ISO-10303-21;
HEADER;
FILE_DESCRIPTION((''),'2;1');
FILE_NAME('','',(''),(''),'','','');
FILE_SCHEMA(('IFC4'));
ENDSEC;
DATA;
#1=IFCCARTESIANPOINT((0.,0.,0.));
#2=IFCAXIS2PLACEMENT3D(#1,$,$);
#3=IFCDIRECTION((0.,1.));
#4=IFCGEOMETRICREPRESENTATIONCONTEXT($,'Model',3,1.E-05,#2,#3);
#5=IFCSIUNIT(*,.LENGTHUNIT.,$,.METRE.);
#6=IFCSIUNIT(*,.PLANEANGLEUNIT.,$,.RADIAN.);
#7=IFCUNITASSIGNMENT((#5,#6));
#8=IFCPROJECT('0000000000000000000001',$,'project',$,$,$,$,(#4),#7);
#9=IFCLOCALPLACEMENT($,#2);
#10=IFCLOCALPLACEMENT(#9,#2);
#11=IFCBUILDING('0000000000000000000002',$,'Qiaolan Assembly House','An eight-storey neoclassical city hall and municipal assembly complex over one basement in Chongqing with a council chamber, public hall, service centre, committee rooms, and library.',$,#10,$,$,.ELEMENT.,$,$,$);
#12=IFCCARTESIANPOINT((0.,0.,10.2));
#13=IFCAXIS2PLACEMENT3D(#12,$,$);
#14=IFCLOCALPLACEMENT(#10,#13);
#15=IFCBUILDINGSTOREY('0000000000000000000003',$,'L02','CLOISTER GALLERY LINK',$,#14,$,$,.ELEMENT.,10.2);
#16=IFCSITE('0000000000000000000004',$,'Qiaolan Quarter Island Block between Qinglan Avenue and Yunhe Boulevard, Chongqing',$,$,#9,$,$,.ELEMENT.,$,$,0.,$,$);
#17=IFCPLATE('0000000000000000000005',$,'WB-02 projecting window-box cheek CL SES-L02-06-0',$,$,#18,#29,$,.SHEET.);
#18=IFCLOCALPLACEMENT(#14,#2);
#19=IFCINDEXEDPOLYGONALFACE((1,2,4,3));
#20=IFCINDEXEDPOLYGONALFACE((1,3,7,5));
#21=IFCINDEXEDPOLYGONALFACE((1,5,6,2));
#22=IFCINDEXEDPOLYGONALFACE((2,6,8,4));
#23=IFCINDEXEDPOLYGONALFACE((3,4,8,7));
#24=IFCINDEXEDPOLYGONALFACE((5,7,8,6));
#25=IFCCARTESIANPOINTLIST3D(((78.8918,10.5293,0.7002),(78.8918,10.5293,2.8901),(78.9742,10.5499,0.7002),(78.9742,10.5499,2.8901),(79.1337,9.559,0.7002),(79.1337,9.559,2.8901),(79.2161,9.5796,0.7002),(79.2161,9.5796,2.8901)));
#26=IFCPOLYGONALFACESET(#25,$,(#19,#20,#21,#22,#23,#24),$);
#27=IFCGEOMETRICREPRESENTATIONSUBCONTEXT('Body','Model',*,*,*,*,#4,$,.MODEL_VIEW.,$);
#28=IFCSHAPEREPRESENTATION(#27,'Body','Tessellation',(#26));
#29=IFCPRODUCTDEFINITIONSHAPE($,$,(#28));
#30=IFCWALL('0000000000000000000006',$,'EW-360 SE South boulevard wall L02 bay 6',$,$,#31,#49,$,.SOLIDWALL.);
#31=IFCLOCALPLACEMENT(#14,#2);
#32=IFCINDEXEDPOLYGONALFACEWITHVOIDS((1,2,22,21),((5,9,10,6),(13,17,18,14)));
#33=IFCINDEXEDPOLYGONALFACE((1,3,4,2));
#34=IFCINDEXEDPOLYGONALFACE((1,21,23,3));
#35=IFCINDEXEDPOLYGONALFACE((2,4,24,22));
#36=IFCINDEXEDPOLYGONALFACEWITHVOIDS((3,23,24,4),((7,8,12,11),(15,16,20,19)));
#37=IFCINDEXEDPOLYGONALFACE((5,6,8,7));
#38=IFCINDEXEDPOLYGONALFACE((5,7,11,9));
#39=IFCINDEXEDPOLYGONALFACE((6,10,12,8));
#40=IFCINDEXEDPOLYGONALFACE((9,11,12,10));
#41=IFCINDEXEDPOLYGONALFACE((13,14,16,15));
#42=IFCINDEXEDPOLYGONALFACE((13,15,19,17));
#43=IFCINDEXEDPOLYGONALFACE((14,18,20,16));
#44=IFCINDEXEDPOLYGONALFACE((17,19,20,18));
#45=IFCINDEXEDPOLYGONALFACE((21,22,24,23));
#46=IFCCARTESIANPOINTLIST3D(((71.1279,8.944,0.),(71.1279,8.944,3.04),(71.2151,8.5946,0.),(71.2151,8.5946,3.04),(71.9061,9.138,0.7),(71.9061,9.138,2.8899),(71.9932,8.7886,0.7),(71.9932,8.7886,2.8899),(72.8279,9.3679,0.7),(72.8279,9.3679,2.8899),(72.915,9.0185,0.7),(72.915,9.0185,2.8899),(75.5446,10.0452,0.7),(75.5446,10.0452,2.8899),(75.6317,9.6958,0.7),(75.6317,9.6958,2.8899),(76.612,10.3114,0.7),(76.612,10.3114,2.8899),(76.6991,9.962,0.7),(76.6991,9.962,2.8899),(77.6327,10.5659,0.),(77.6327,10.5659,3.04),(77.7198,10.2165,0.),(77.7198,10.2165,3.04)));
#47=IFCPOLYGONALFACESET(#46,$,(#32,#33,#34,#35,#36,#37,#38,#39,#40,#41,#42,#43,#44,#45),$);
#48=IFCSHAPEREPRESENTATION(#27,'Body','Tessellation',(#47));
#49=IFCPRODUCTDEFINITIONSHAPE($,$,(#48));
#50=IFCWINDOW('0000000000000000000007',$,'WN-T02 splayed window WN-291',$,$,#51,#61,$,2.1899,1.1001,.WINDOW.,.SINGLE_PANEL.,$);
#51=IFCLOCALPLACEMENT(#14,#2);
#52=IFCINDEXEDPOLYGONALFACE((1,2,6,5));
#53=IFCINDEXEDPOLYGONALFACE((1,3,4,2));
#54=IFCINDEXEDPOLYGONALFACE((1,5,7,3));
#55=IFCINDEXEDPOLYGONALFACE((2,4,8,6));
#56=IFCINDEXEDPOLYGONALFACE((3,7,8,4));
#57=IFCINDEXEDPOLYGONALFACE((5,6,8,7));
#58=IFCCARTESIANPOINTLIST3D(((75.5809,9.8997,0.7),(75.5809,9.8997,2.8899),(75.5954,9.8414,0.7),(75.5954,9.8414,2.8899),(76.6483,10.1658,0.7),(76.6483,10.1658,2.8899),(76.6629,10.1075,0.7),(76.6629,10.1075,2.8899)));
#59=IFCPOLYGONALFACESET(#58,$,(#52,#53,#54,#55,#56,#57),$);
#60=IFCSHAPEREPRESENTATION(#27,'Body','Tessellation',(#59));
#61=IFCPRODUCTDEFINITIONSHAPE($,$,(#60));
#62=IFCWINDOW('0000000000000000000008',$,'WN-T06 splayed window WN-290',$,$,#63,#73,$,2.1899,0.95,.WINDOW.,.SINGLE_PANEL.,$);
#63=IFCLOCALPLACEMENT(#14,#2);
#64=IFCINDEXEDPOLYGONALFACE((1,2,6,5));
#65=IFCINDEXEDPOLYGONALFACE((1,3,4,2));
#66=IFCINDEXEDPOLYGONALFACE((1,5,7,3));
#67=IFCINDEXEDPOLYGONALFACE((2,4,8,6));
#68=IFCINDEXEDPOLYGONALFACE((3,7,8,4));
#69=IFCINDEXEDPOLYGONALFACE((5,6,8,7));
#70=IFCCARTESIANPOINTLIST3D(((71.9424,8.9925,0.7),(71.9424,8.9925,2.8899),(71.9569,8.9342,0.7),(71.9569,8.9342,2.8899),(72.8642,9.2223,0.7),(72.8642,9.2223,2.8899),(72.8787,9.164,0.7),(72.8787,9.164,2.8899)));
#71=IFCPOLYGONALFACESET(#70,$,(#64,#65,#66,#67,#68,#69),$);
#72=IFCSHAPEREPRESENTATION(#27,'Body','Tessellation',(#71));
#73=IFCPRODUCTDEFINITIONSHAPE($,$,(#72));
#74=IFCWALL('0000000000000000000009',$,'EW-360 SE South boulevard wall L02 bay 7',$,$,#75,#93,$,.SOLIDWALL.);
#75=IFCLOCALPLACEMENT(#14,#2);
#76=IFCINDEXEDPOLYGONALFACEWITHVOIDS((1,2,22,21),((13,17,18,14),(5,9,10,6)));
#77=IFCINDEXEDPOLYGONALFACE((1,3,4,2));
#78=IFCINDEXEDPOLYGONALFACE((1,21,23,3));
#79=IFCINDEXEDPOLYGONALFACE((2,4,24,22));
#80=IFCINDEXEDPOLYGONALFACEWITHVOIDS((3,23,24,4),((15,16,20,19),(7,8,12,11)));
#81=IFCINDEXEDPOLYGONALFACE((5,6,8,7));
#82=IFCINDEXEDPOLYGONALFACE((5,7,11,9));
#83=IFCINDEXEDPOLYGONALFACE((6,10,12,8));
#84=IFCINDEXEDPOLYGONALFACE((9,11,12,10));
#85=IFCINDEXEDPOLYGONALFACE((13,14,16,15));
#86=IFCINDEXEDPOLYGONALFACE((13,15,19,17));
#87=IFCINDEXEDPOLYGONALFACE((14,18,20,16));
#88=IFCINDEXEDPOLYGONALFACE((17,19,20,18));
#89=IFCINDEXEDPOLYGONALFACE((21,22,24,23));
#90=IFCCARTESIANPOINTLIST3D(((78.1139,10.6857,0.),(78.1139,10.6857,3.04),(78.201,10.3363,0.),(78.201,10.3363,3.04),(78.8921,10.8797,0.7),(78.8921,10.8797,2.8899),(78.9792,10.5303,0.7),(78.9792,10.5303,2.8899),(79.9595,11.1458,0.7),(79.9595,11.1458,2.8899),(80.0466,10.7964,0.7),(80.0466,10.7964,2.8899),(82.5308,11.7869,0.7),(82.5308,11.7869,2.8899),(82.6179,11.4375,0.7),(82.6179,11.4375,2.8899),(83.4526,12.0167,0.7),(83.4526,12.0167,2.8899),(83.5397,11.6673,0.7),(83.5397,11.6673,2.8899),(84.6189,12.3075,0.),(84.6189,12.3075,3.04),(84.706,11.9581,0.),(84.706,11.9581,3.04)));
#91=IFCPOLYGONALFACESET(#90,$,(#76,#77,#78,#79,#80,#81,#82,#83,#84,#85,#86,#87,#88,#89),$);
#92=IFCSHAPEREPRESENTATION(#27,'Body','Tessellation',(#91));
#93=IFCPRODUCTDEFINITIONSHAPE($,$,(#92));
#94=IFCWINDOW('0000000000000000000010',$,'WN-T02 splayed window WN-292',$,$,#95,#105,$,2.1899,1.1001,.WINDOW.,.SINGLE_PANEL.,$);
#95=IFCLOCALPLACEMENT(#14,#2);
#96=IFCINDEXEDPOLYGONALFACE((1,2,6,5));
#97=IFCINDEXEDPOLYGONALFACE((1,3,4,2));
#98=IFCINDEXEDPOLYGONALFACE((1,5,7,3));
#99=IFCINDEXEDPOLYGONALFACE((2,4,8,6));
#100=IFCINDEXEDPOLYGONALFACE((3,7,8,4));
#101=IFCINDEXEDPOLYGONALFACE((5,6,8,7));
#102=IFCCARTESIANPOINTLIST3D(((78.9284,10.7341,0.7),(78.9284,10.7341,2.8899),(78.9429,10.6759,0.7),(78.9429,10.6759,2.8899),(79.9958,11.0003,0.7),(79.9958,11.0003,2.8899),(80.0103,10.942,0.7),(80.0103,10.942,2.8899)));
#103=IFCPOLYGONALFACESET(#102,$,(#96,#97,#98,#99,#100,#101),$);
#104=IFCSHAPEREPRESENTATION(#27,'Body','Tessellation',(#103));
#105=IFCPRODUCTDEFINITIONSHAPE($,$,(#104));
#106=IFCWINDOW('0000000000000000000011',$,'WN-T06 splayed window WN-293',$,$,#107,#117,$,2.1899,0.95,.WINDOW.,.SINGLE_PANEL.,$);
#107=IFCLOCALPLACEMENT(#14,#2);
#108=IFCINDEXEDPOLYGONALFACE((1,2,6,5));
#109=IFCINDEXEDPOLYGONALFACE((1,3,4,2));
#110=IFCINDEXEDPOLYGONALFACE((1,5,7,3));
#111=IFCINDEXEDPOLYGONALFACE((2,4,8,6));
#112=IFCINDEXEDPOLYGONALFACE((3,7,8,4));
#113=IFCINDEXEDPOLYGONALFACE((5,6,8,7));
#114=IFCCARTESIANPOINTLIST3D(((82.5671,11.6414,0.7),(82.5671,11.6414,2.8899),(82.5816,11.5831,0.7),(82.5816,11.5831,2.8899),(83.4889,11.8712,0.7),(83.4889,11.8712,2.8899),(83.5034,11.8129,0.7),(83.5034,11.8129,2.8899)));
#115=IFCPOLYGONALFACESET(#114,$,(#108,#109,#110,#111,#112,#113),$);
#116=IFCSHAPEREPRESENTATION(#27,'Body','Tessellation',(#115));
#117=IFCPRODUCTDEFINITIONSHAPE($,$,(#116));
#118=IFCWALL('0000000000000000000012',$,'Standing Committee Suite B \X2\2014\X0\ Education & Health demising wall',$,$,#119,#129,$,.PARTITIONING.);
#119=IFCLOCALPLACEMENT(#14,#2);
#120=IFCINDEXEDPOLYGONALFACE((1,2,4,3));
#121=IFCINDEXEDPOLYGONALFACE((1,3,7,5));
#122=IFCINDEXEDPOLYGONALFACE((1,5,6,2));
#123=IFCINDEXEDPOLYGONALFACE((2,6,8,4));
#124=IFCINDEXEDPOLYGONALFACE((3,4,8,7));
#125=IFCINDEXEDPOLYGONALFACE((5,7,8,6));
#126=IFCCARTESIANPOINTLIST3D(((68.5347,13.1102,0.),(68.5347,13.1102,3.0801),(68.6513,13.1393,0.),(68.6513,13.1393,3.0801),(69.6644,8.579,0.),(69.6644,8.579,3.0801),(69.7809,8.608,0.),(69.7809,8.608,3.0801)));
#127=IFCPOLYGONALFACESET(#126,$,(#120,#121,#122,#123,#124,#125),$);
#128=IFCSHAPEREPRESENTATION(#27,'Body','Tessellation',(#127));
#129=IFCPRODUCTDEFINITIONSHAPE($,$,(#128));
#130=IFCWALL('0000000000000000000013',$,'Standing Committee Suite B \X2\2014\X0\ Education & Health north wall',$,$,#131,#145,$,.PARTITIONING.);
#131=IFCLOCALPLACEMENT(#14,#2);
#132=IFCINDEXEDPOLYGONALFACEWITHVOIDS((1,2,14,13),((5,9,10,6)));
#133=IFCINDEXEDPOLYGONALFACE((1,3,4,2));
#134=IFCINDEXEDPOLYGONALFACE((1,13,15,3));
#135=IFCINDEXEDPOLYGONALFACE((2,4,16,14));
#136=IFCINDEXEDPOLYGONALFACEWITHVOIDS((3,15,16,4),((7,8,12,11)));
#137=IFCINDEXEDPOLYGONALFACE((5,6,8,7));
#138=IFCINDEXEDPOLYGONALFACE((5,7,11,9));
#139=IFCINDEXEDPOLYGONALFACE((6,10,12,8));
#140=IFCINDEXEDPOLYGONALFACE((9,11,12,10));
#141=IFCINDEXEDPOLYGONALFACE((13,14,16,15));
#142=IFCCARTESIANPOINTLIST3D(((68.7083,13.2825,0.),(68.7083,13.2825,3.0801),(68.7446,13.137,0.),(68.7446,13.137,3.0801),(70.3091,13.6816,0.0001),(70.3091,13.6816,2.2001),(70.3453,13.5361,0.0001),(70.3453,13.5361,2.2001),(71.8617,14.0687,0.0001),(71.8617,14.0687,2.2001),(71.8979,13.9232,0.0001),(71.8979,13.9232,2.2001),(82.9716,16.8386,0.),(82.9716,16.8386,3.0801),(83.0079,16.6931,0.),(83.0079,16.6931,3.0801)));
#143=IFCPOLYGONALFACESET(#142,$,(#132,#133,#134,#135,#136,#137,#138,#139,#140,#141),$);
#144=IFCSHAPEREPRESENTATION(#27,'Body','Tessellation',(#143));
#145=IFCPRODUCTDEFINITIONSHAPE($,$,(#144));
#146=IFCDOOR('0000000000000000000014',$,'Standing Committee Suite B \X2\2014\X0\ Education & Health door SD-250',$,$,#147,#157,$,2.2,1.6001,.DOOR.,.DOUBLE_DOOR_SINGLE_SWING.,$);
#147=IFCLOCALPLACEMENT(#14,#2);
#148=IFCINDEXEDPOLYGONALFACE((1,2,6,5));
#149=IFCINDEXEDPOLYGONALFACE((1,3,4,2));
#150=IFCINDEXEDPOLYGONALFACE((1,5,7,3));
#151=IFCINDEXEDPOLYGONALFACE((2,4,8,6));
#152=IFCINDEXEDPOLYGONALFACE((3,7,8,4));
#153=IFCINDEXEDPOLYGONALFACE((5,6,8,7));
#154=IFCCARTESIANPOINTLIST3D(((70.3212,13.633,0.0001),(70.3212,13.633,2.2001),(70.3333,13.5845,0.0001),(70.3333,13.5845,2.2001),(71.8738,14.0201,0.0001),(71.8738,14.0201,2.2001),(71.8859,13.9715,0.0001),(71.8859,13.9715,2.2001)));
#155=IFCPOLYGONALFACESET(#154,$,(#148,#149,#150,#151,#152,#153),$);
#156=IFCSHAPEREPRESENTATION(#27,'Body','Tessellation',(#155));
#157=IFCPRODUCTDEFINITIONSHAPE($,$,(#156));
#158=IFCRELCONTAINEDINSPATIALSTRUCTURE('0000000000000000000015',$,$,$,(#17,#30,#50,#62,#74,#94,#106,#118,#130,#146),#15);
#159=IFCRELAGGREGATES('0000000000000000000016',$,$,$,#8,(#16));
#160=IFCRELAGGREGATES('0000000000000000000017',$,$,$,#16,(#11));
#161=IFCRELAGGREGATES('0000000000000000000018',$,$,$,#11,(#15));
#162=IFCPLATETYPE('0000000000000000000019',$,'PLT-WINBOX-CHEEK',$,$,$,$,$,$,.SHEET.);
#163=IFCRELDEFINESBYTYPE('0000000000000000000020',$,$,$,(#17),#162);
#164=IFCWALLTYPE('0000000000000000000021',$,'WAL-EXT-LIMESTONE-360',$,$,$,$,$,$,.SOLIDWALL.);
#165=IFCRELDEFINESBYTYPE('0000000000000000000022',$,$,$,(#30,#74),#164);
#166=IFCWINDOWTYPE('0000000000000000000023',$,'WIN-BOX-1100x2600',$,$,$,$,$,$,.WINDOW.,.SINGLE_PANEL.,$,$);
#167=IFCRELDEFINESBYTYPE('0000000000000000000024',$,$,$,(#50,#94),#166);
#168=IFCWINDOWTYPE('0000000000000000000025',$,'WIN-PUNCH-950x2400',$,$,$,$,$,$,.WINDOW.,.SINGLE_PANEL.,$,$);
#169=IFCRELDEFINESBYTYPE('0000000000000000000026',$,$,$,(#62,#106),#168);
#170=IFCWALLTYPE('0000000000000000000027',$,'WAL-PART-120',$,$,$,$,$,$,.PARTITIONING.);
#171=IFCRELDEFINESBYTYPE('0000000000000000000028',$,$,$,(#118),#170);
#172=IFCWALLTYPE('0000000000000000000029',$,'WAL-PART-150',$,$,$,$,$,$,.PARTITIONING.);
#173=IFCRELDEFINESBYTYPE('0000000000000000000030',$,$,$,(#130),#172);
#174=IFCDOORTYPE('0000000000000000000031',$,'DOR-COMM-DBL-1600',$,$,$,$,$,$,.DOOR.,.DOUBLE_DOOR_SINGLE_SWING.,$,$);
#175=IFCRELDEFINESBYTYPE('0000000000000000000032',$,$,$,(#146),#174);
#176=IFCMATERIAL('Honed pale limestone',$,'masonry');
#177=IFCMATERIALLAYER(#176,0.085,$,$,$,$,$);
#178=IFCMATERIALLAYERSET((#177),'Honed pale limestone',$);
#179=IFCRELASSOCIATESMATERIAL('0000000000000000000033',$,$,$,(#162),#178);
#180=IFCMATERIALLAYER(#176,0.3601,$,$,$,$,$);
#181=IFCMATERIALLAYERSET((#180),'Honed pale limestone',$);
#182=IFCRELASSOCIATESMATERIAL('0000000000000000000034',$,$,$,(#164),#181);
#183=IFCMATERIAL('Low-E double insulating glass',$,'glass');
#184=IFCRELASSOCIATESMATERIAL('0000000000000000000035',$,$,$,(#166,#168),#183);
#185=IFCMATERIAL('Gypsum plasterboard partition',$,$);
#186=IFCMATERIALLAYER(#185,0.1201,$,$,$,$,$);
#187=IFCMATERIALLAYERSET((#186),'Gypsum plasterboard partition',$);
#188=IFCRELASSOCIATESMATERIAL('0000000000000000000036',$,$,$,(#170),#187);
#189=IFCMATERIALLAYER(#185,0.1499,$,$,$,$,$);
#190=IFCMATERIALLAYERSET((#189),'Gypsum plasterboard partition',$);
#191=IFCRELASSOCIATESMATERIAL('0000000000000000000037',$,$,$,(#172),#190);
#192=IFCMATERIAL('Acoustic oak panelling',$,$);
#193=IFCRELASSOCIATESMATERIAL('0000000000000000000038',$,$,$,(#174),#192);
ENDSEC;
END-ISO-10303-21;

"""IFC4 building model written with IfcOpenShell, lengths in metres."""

from ifc_helpers import new_model, si_unit, direction, frame, frame_2d, origin, origin_2d, place, context, subcontext, project, spatial, rectangle, extrude, material, layer, layer_set, type_object, element, fill, save


model = new_model("IFC4")

# Units and contexts
model_context = context("Model", 3, precision=1e-05, world=origin(), true_north=direction((0.0, 1.0)))
body_context = subcontext(model_context, "Body", "Model", "MODEL_VIEW")
ifc_project = project(units=[si_unit("LENGTHUNIT", "METRE"), si_unit("PLANEANGLEUNIT", "RADIAN")], contexts=[model_context])

# Site, building, storey
site_placement = place(None, origin())
site = spatial("IfcSite", under=ifc_project, at=site_placement, Name="Qiaolan Quarter Island Block between Qinglan Avenue and Yunhe Boulevard, Chongqing", CompositionType="ELEMENT", RefElevation=0.0)
building_placement = place(site_placement, origin())
building = spatial("IfcBuilding", under=site, at=building_placement, Name="Qiaolan Assembly House", Description="An eight-storey neoclassical city hall and municipal assembly complex over one basement in Chongqing with a council chamber, public hall, service centre, committee rooms, and library.", CompositionType="ELEMENT")
storey_placement = place(building_placement, frame((0.0, 0.0, 10.2)))
storey = spatial("IfcBuildingStorey", under=building, at=storey_placement, Name="L02", Description="CLOISTER GALLERY LINK", CompositionType="ELEMENT", Elevation=10.2)

# Plate
ifc_material_1 = material(Name="Honed pale limestone", Category="masonry")
ifc_layer_1 = layer(ifc_material_1, 0.085)
ifc_layer_set_1 = layer_set([ifc_layer_1], Name="Honed pale limestone")
plate_type = type_object("IfcPlateType", Name="PLT-WINBOX-CHEEK", PredefinedType="SHEET", material=ifc_layer_set_1)
for number, where, z_axis, x_axis, name in (
    (1, (79.054, 10.0544, 0.7002), (0.0, 0.0, 1.0), (0.970296, 0.241922, 0.0), "WB-02 projecting window-box cheek CL SES-L02-06-0"),
):
    element("IfcPlate", number, at=place(storey_placement, frame(where, z_axis=z_axis, x_axis=x_axis)), inside=storey, type_object=plate_type, Name=name, PredefinedType="SHEET", context=body_context, shape_type="SweptSolid", body=[
        extrude(rectangle(XDim=0.085, YDim=1.0, at=origin_2d()), origin(), (0.0, 0.0, 1.0), 2.1899),
    ])

# Walls, openings, windows
ifc_layer_2 = layer(ifc_material_1, 0.3601)
ifc_layer_set_2 = layer_set([ifc_layer_2], Name="Honed pale limestone")
wall_type_1 = type_object("IfcWallType", Name="WAL-EXT-LIMESTONE-360", PredefinedType="SOLIDWALL", material=ifc_layer_set_2)
wall_1_placement = place(storey_placement, frame((71.1714, 8.7693, 0.0), z_axis=(0.0, 0.0, 1.0), x_axis=(0.970294, 0.241927, 0.0)))
wall_1 = element("IfcWall", 2, at=wall_1_placement, inside=storey, type_object=wall_type_1, Name="EW-360 SE South boulevard wall L02 bay 6", PredefinedType="SOLIDWALL", context=body_context, shape_type="SweptSolid", body=[
    extrude(rectangle(XDim=6.7039, YDim=0.3601, at=frame_2d((3.3521, 0.0))), origin(), (0.0, 0.0, 1.0), 3.04),
])
opening_1_placement = place(wall_1_placement, frame((0.802, 0.0, 0.7)))
opening_1 = element("IfcOpeningElement", 3, at=opening_1_placement, cuts=wall_1, PredefinedType="OPENING", context=body_context, shape_type="SweptSolid", body=[
    extrude(rectangle(XDim=0.95, YDim=2.1899, at=frame_2d((0.4751, 1.095))), frame((0.0, 0.1899, 0.0), z_axis=(0.0, -1.0, 0.0), x_axis=(1.0, 0.0, 0.0)), (0.0, 0.0, 1.0), 0.3801),
])
opening_2_placement = place(wall_1_placement, frame((4.552, 0.0, 0.7)))
opening_2 = element("IfcOpeningElement", 4, at=opening_2_placement, cuts=wall_1, PredefinedType="OPENING", context=body_context, shape_type="SweptSolid", body=[
    extrude(rectangle(XDim=1.1001, YDim=2.1899, at=frame_2d((0.55, 1.095))), frame((0.0, 0.1899, 0.0), z_axis=(0.0, -1.0, 0.0), x_axis=(1.0, 0.0, 0.0)), (0.0, 0.0, 1.0), 0.3801),
])
ifc_material_2 = material(Name="Low-E double insulating glass", Category="glass")
window_type_1 = type_object("IfcWindowType", Name="WIN-BOX-1100x2600", PartitioningType="SINGLE_PANEL", PredefinedType="WINDOW", material=ifc_material_2)
window_1_placement = place(opening_2_placement, origin())
window_1 = element("IfcWindow", 5, at=window_1_placement, inside=storey, type_object=window_type_1, Name="WN-T02 splayed window WN-291", OverallHeight=2.1899, OverallWidth=1.1001, PartitioningType="SINGLE_PANEL", PredefinedType="WINDOW", context=body_context, shape_type="SweptSolid", body=[
    extrude(rectangle(XDim=1.1001, YDim=2.1899, at=frame_2d((0.55, 1.095))), frame((0.0, 0.03, 0.0), z_axis=(0.0, -1.0, 0.0), x_axis=(1.0, 0.0, 0.0)), (0.0, 0.0, 1.0), 0.0601),
])
fill(opening_2, window_1)
window_type_2 = type_object("IfcWindowType", Name="WIN-PUNCH-950x2400", PartitioningType="SINGLE_PANEL", PredefinedType="WINDOW", material=ifc_material_2)
window_2_placement = place(opening_1_placement, origin())
window_2 = element("IfcWindow", 6, at=window_2_placement, inside=storey, type_object=window_type_2, Name="WN-T06 splayed window WN-290", OverallHeight=2.1899, OverallWidth=0.95, PartitioningType="SINGLE_PANEL", PredefinedType="WINDOW", context=body_context, shape_type="SweptSolid", body=[
    extrude(rectangle(XDim=0.95, YDim=2.1899, at=frame_2d((0.4751, 1.095))), frame((0.0, 0.03, 0.0), z_axis=(0.0, -1.0, 0.0), x_axis=(1.0, 0.0, 0.0)), (0.0, 0.0, 1.0), 0.0601),
])
fill(opening_1, window_2)
wall_2_placement = place(storey_placement, frame((78.1575, 10.511, 0.0), z_axis=(0.0, 0.0, 1.0), x_axis=(0.970297, 0.241919, 0.0)))
wall_2 = element("IfcWall", 7, at=wall_2_placement, inside=storey, type_object=wall_type_1, Name="EW-360 SE South boulevard wall L02 bay 7", PredefinedType="SOLIDWALL", context=body_context, shape_type="SweptSolid", body=[
    extrude(rectangle(XDim=6.7041, YDim=0.3601, at=frame_2d((3.3521, 0.0))), origin(), (0.0, 0.0, 1.0), 3.04),
])
opening_3_placement = place(wall_2_placement, frame((0.802, 0.0, 0.7)))
opening_3 = element("IfcOpeningElement", 8, at=opening_3_placement, cuts=wall_2, PredefinedType="OPENING", context=body_context, shape_type="SweptSolid", body=[
    extrude(rectangle(XDim=1.1001, YDim=2.1899, at=frame_2d((0.55, 1.095))), frame((0.0, 0.1899, 0.0), z_axis=(0.0, -1.0, 0.0), x_axis=(1.0, 0.0, 0.0)), (0.0, 0.0, 1.0), 0.3801),
])
opening_4_placement = place(wall_2_placement, frame((4.552, 0.0, 0.7)))
opening_4 = element("IfcOpeningElement", 9, at=opening_4_placement, cuts=wall_2, PredefinedType="OPENING", context=body_context, shape_type="SweptSolid", body=[
    extrude(rectangle(XDim=0.95, YDim=2.1899, at=frame_2d((0.4751, 1.095))), frame((0.0, 0.1899, 0.0), z_axis=(0.0, -1.0, 0.0), x_axis=(1.0, 0.0, 0.0)), (0.0, 0.0, 1.0), 0.3801),
])
window_3_placement = place(opening_3_placement, origin())
window_3 = element("IfcWindow", 10, at=window_3_placement, inside=storey, type_object=window_type_1, Name="WN-T02 splayed window WN-292", OverallHeight=2.1899, OverallWidth=1.1001, PartitioningType="SINGLE_PANEL", PredefinedType="WINDOW", context=body_context, shape_type="SweptSolid", body=[
    extrude(rectangle(XDim=1.1001, YDim=2.1899, at=frame_2d((0.55, 1.095))), frame((0.0, 0.03, 0.0), z_axis=(0.0, -1.0, 0.0), x_axis=(1.0, 0.0, 0.0)), (0.0, 0.0, 1.0), 0.0601),
])
fill(opening_3, window_3)
window_4_placement = place(opening_4_placement, origin())
window_4 = element("IfcWindow", 11, at=window_4_placement, inside=storey, type_object=window_type_2, Name="WN-T06 splayed window WN-293", OverallHeight=2.1899, OverallWidth=0.95, PartitioningType="SINGLE_PANEL", PredefinedType="WINDOW", context=body_context, shape_type="SweptSolid", body=[
    extrude(rectangle(XDim=0.95, YDim=2.1899, at=frame_2d((0.4751, 1.095))), frame((0.0, 0.03, 0.0), z_axis=(0.0, -1.0, 0.0), x_axis=(1.0, 0.0, 0.0)), (0.0, 0.0, 1.0), 0.0601),
])
fill(opening_4, window_4)

# Wall
ifc_material_3 = material(Name="Gypsum plasterboard partition")
ifc_layer_3 = layer(ifc_material_3, 0.1201)
ifc_layer_set_3 = layer_set([ifc_layer_3], Name="Gypsum plasterboard partition")
wall_type_2 = type_object("IfcWallType", Name="WAL-PART-120", PredefinedType="PARTITIONING", material=ifc_layer_set_3)
wall_3_placement = place(storey_placement, frame((69.7227, 8.5935, 0.0), z_axis=(0.0, 0.0, 1.0), x_axis=(-0.241896, 0.970302, 0.0)))
element("IfcWall", 12, at=wall_3_placement, inside=storey, type_object=wall_type_2, Name="Standing Committee Suite B — Education & Health demising wall", PredefinedType="PARTITIONING", context=body_context, shape_type="SweptSolid", body=[
    extrude(rectangle(XDim=4.6699, YDim=0.1201, at=frame_2d((2.335, 0.0))), origin(), (0.0, 0.0, 1.0), 3.0801),
])

# Wall, opening, door
ifc_layer_4 = layer(ifc_material_3, 0.1499)
ifc_layer_set_4 = layer_set([ifc_layer_4], Name="Gypsum plasterboard partition")
wall_type_3 = type_object("IfcWallType", Name="WAL-PART-150", PredefinedType="PARTITIONING", material=ifc_layer_set_4)
wall_4_placement = place(storey_placement, frame((68.7263, 13.2097, 0.0), z_axis=(0.0, 0.0, 1.0), x_axis=(0.970298, 0.241914, 0.0)))
wall_4 = element("IfcWall", 13, at=wall_4_placement, inside=storey, type_object=wall_type_3, Name="Standing Committee Suite B — Education & Health north wall", PredefinedType="PARTITIONING", context=body_context, shape_type="SweptSolid", body=[
    extrude(rectangle(XDim=14.7, YDim=0.1499, at=frame_2d((7.3501, 0.0))), origin(), (0.0, 0.0, 1.0), 3.0801),
])
opening_5_placement = place(wall_4_placement, frame((1.6499, 0.0, 0.0)))
opening_5 = element("IfcOpeningElement", 14, at=opening_5_placement, cuts=wall_4, PredefinedType="OPENING", context=body_context, shape_type="SweptSolid", body=[
    extrude(rectangle(XDim=1.6001, YDim=2.2, at=frame_2d((0.8, 1.1001))), frame((0.0, 0.085, 0.0), z_axis=(0.0, -1.0, 0.0), x_axis=(1.0, 0.0, 0.0)), (0.0, 0.0, 1.0), 0.1699),
])
ifc_material_4 = material(Name="Acoustic oak panelling")
door_type = type_object("IfcDoorType", Name="DOR-COMM-DBL-1600", OperationType="DOUBLE_DOOR_SINGLE_SWING", PredefinedType="DOOR", material=ifc_material_4)
door_placement = place(opening_5_placement, origin())
door = element("IfcDoor", 15, at=door_placement, inside=storey, type_object=door_type, Name="Standing Committee Suite B — Education & Health door SD-250", OperationType="DOUBLE_DOOR_SINGLE_SWING", OverallHeight=2.2, OverallWidth=1.6001, PredefinedType="DOOR", context=body_context, shape_type="SweptSolid", body=[
    extrude(rectangle(XDim=1.6001, YDim=2.2, at=frame_2d((0.8, 1.1001))), frame((0.0, 0.0249, 0.0), z_axis=(0.0, -1.0, 0.0), x_axis=(1.0, 0.0, 0.0)), (0.0, 0.0, 1.0), 0.05),
])
fill(opening_5, door)

save(model, "model.ifc")
